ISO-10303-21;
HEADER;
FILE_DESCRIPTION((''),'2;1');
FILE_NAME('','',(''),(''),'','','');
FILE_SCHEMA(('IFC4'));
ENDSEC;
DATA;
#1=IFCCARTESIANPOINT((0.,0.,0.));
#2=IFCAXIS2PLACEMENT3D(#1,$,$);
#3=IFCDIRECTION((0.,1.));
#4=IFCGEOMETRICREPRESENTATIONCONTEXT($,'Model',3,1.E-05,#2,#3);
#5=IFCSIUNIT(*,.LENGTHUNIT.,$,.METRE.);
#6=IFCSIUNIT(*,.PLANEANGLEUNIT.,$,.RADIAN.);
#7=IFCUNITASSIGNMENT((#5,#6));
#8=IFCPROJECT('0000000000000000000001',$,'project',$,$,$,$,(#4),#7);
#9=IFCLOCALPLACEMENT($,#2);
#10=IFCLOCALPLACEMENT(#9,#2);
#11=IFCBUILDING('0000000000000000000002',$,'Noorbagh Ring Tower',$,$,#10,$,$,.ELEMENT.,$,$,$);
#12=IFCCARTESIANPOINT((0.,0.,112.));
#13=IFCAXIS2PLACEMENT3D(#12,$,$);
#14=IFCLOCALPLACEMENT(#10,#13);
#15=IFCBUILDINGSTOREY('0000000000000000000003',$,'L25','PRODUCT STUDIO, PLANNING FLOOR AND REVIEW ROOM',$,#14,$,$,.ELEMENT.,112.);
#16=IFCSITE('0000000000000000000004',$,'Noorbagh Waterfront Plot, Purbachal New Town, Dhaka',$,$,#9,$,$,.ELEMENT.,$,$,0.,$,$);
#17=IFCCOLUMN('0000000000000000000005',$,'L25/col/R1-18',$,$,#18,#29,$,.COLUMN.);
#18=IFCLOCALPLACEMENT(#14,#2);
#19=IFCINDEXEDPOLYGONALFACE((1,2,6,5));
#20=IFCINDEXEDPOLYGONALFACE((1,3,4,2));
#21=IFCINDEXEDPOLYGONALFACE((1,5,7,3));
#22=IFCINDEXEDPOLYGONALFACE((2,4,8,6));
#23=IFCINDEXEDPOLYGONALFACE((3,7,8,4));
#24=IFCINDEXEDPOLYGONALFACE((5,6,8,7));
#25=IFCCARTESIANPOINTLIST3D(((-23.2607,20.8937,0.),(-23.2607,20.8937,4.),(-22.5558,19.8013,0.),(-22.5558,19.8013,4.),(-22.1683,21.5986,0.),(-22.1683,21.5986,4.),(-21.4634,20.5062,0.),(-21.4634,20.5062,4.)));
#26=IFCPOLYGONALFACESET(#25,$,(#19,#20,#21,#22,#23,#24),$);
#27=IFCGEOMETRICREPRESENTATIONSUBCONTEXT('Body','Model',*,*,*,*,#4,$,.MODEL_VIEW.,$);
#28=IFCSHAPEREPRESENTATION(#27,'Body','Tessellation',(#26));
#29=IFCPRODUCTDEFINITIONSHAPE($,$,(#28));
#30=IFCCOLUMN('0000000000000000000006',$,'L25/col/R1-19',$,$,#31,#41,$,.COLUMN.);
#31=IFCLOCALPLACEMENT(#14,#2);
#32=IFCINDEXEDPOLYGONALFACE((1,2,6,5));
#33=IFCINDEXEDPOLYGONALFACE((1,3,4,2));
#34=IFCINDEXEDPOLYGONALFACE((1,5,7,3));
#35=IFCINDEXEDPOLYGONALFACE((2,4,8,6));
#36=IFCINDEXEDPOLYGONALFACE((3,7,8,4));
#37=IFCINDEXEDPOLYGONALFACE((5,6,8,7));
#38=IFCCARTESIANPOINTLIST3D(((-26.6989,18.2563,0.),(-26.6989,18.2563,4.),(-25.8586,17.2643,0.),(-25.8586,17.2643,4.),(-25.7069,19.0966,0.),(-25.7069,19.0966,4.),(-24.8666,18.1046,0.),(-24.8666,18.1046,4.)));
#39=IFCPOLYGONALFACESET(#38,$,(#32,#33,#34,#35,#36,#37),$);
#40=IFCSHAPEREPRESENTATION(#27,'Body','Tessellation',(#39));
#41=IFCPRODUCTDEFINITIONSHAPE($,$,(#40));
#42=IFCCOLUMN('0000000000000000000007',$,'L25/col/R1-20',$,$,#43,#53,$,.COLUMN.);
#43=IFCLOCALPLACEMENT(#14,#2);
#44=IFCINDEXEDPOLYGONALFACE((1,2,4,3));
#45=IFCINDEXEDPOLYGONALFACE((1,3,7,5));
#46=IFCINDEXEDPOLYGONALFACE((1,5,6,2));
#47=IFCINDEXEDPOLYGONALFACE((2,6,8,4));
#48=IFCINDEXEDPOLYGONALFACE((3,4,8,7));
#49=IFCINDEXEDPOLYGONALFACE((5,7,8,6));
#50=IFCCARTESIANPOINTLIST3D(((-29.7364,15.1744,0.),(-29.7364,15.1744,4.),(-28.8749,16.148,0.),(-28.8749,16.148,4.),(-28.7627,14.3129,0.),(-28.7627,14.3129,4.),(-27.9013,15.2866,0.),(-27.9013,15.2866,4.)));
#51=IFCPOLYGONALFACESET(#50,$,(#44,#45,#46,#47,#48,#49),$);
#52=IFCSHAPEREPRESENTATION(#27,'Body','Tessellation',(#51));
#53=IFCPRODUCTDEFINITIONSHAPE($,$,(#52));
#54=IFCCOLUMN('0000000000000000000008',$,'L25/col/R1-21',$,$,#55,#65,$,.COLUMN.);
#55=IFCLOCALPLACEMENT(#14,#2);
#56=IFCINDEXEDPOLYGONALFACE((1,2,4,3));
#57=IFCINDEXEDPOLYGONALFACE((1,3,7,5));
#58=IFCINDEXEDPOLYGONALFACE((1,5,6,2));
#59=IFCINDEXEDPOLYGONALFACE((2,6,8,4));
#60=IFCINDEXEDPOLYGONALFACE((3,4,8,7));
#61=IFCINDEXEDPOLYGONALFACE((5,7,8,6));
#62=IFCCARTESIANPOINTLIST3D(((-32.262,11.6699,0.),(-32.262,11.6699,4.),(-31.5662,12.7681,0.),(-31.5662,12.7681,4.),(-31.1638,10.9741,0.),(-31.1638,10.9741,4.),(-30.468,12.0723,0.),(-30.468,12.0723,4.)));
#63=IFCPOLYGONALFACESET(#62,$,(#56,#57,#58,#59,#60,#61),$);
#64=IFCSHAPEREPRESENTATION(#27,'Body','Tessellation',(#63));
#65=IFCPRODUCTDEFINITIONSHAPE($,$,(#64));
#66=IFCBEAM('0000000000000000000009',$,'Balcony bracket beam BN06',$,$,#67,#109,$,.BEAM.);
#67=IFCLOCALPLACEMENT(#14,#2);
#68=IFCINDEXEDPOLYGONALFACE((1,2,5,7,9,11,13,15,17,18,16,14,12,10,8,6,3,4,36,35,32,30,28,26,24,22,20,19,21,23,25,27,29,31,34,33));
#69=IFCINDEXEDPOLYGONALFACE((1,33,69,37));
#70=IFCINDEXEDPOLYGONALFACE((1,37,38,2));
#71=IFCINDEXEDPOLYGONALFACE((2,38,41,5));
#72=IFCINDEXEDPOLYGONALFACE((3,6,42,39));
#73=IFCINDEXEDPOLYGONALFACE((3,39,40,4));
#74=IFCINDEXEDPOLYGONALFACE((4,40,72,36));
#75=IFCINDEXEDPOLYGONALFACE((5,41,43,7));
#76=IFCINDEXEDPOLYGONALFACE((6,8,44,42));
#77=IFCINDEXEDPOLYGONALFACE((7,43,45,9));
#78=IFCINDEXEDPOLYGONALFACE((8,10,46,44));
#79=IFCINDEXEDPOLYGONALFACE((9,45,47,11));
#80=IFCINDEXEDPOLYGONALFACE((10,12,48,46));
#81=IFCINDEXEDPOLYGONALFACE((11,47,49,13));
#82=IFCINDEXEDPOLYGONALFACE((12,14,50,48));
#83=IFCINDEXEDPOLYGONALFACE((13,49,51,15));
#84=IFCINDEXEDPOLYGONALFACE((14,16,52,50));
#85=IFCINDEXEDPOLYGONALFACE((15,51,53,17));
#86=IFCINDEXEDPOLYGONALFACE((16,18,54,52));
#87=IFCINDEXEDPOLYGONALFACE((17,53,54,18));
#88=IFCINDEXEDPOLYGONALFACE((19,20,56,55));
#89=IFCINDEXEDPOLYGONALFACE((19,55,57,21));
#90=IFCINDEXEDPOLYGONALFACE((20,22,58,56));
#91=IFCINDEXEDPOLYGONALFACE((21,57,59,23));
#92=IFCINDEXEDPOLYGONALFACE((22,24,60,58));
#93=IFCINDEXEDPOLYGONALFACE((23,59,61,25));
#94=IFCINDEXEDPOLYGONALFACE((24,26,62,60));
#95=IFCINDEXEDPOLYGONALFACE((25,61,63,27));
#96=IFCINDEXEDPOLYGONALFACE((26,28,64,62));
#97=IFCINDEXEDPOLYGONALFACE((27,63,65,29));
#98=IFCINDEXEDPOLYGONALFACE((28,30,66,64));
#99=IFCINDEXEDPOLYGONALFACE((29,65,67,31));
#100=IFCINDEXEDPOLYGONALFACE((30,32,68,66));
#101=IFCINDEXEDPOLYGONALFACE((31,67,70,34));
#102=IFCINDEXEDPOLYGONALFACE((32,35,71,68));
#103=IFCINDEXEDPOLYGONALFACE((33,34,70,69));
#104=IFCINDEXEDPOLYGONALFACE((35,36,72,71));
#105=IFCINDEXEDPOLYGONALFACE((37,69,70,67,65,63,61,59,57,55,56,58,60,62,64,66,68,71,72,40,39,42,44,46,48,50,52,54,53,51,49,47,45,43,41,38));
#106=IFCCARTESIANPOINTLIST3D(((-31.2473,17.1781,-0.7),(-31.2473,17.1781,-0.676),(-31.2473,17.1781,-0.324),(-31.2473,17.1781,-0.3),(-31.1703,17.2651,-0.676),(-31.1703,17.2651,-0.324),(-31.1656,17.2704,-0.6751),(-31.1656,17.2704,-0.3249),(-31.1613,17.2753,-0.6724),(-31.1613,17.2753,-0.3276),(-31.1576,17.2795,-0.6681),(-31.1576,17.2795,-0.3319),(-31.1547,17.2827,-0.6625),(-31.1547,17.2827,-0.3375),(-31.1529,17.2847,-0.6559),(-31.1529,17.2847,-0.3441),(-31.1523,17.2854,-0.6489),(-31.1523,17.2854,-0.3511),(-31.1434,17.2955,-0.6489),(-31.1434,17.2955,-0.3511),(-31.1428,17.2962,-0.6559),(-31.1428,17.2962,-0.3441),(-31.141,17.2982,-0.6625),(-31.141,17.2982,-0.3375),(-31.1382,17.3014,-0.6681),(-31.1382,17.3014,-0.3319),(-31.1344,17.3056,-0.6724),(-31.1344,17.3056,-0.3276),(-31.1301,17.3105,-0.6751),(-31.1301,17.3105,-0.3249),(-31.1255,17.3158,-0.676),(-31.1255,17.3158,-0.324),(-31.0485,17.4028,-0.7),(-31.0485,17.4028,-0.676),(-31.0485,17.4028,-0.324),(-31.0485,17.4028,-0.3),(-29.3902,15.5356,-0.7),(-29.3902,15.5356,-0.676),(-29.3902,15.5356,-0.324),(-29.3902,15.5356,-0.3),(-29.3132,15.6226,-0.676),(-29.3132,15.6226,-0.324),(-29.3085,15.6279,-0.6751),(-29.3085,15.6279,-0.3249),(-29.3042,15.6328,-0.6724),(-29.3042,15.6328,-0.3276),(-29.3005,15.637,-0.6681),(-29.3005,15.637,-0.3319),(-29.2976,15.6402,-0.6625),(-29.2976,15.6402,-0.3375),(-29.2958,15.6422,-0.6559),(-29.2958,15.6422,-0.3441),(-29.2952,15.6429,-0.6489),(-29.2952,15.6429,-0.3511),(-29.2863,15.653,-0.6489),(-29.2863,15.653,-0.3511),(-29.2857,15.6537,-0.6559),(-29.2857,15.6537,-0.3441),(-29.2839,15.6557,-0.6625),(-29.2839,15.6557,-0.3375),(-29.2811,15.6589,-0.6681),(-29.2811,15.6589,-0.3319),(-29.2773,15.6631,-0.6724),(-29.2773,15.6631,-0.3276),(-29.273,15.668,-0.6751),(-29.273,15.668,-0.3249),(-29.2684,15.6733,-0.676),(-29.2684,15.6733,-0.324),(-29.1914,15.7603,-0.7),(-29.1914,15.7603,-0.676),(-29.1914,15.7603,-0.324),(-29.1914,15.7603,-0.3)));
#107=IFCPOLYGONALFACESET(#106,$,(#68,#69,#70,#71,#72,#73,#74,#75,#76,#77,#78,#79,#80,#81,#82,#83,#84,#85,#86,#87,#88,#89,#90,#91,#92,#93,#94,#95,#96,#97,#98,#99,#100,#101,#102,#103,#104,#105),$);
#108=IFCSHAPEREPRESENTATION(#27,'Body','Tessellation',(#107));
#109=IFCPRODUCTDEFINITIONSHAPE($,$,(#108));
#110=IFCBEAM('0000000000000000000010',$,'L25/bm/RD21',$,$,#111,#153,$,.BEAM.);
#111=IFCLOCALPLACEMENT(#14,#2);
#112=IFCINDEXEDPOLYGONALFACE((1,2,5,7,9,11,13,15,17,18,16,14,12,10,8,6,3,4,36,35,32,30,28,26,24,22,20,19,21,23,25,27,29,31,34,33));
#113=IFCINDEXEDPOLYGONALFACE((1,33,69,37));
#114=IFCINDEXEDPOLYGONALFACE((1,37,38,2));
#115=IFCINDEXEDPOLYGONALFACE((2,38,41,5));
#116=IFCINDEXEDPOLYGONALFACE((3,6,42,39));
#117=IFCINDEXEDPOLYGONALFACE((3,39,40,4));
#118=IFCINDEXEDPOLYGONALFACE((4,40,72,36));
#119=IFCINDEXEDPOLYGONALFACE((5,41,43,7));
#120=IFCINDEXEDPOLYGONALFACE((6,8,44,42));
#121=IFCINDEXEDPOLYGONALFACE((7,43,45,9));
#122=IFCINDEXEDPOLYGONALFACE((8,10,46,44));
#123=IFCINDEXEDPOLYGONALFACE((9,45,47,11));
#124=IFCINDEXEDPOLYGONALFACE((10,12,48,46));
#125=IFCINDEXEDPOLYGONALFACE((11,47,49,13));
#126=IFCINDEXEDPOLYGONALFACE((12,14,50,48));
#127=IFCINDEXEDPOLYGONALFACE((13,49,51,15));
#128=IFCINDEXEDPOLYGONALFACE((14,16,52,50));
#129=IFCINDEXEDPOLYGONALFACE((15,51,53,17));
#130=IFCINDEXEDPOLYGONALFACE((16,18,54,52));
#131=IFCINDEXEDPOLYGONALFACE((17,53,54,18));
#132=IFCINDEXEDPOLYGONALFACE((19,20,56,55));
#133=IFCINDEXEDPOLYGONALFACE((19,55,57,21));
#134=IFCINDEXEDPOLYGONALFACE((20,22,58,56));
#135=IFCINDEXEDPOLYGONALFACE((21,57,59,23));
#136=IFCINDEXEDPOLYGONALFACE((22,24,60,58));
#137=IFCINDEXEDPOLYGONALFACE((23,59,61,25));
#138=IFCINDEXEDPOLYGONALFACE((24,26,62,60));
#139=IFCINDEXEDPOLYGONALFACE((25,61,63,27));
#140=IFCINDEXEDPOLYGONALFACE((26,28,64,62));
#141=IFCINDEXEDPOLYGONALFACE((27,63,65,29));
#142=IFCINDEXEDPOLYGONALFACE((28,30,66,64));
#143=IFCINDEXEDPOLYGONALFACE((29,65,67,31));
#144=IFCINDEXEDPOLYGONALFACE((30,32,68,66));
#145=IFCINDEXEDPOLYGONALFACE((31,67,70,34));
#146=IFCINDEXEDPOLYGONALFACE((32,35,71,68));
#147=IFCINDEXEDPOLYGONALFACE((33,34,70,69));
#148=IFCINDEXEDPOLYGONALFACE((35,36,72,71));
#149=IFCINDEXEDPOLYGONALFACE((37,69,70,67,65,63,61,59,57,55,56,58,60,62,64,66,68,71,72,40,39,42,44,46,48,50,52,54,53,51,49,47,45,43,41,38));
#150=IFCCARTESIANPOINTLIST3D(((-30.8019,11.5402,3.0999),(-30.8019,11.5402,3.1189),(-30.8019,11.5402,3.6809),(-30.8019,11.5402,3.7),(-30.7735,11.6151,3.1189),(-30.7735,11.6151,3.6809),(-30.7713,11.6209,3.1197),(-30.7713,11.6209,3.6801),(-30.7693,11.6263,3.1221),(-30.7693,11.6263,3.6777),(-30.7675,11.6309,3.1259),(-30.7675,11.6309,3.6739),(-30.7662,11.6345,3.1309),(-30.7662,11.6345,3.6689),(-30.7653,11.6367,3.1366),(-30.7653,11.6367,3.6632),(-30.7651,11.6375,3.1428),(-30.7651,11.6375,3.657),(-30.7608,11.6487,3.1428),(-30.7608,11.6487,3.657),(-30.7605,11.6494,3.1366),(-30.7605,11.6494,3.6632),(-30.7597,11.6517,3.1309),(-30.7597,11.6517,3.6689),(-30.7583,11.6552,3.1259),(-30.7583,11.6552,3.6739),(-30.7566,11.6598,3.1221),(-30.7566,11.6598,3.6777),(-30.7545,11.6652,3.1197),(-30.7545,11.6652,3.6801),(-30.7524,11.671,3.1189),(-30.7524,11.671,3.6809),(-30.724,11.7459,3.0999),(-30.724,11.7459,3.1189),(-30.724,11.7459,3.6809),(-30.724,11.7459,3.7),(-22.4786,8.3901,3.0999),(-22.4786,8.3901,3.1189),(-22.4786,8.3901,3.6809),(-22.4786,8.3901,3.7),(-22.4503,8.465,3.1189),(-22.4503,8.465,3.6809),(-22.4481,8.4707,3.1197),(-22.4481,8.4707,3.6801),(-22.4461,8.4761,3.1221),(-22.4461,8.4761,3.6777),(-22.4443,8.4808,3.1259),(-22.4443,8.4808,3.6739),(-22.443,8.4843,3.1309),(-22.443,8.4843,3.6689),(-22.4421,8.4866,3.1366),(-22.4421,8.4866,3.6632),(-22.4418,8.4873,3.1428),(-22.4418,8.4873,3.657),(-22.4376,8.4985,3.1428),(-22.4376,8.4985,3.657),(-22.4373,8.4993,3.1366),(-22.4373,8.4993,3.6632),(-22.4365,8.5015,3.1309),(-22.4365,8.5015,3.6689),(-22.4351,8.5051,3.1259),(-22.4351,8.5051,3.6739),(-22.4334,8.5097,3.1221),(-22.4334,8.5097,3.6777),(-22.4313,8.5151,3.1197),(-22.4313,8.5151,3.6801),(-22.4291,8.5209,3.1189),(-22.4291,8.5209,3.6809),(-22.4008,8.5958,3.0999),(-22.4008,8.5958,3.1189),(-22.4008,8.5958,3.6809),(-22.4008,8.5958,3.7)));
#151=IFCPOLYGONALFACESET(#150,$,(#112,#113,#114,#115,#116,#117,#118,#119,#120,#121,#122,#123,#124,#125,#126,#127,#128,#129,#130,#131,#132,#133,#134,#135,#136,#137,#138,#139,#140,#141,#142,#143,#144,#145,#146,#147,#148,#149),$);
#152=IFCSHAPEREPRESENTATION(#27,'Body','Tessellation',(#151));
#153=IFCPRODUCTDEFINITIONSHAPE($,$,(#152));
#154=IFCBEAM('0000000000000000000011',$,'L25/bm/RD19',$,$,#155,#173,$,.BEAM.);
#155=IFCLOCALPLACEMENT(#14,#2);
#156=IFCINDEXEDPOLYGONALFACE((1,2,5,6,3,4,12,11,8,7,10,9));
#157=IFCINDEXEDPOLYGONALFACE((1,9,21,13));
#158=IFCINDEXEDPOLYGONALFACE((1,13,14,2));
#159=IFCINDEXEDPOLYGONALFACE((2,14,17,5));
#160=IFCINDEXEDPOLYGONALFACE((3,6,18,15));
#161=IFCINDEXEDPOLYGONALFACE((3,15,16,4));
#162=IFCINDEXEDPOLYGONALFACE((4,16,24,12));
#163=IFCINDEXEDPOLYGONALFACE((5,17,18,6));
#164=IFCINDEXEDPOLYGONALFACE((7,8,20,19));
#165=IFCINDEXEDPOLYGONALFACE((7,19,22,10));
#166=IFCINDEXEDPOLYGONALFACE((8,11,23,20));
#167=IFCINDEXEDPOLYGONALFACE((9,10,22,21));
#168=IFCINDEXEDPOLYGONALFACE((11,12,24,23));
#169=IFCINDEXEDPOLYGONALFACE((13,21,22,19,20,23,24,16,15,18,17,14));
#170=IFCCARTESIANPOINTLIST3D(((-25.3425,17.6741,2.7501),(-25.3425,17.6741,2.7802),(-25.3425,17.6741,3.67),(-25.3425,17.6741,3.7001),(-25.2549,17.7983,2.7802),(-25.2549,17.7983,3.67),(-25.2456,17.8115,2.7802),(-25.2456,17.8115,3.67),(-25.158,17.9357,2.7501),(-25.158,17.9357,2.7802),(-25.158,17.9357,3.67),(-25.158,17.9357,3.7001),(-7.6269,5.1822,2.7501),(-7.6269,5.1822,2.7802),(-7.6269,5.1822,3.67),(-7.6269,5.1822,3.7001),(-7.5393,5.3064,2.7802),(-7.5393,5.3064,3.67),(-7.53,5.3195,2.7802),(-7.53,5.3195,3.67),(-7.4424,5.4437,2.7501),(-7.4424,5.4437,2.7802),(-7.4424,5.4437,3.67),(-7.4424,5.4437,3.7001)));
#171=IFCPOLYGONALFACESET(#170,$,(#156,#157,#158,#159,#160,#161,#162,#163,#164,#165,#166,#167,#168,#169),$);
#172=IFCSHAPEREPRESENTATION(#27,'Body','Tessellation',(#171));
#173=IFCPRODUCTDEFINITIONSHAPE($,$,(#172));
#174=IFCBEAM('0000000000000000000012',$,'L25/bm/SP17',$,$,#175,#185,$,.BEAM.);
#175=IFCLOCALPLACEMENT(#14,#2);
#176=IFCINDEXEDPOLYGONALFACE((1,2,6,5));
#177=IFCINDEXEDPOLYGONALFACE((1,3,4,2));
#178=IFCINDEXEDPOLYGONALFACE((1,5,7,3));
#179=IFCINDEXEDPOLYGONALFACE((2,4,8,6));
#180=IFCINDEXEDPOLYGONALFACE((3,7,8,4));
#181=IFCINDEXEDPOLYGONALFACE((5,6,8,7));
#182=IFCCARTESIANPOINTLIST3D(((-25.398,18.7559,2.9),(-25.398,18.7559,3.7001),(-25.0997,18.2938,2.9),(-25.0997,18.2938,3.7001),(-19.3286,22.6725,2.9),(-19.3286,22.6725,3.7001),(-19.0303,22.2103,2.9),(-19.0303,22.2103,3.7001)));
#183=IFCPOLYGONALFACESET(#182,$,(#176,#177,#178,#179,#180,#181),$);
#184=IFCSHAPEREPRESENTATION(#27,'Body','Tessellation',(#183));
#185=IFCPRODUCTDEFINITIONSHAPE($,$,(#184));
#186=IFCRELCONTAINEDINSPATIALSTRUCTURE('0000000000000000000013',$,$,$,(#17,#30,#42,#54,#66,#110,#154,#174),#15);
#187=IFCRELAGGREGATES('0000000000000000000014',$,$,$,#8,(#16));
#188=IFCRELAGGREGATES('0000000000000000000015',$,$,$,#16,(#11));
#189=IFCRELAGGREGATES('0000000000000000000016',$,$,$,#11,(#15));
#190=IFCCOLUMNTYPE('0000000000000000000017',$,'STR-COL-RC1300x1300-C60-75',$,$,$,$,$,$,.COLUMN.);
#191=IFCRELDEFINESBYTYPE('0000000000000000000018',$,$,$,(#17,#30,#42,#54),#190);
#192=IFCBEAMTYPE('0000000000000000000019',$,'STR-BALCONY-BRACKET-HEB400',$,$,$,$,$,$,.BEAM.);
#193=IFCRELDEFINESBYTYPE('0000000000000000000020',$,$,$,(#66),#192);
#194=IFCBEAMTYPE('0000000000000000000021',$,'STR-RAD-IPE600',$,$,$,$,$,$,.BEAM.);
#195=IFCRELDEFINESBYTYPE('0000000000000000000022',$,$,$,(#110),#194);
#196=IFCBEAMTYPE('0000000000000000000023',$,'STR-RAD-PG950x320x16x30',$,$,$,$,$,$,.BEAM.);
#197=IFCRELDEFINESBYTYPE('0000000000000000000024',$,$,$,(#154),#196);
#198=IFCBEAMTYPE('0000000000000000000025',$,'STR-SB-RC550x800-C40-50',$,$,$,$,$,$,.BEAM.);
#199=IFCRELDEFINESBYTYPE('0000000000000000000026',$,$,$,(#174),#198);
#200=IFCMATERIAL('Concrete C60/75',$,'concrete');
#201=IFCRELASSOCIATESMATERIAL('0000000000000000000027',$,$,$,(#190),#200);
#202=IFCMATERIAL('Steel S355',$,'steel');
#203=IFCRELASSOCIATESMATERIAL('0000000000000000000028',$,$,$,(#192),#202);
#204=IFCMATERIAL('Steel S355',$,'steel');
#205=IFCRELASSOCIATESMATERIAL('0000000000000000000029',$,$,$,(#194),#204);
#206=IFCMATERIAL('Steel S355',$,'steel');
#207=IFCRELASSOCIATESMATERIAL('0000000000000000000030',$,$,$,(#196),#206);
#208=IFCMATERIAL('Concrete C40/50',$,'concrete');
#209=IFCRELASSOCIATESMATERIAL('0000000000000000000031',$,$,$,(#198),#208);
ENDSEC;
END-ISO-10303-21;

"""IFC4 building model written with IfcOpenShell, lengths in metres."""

from ifc_helpers import new_model, si_unit, direction, frame, origin, origin_2d, place, context, subcontext, project, spatial, rectangle, i_section, extrude, material, material_profile, profile_set, type_object, element, save


model = new_model("IFC4")

# Units and contexts
model_context = context("Model", 3, precision=1e-05, world=origin(), true_north=direction((0.0, 1.0)))
body_context = subcontext(model_context, "Body", "Model", "MODEL_VIEW")
ifc_project = project(units=[si_unit("LENGTHUNIT", "METRE"), si_unit("PLANEANGLEUNIT", "RADIAN")], contexts=[model_context])

# Site, building, storey
site_placement = place(None, origin())
site = spatial("IfcSite", under=ifc_project, at=site_placement, Name="Noorbagh Waterfront Plot, Purbachal New Town, Dhaka", CompositionType="ELEMENT", RefElevation=0.0)
building_placement = place(site_placement, origin())
building = spatial("IfcBuilding", under=site, at=building_placement, Name="Noorbagh Ring Tower", CompositionType="ELEMENT")
storey_placement = place(building_placement, frame((0.0, 0.0, 112.0)))
storey = spatial("IfcBuildingStorey", under=building, at=storey_placement, Name="L25", Description="PRODUCT STUDIO, PLANNING FLOOR AND REVIEW ROOM", CompositionType="ELEMENT", Elevation=112.0)

# Columns
ifc_material_1 = material(Name="Concrete C60/75", Category="concrete")
ifc_material_profile_1 = material_profile(ifc_material_1, rectangle(XDim=1.3, YDim=1.3, at=origin_2d()), Name="RC1300x1300")
ifc_profile_set_1 = profile_set([ifc_material_profile_1], Name="Concrete C60/75")
column_type = type_object("IfcColumnType", Name="STR-COL-RC1300x1300-C60-75", PredefinedType="COLUMN", material=ifc_profile_set_1)
for number, where, z_axis, x_axis, name in (
    (1, (-22.3621, 20.7, 0.0), (0.0, 0.0, 1.0), (-0.840248, -0.542203, 0.0), "L25/col/R1-18"),
    (2, (-25.7827, 18.1804, 0.0), (0.0, 0.0, 1.0), (-0.763035, -0.646357, 0.0), "L25/col/R1-19"),
    (3, (-28.8188, 15.2305, 0.0), (0.0, 0.0, 1.0), (-0.662636, -0.748942, 0.0), "L25/col/R1-20"),
    (4, (-31.365, 11.8711, 0.0), (0.0, 0.0, 1.0), (-0.53519, -0.844731, 0.0), "L25/col/R1-21"),
):
    element("IfcColumn", number, at=place(storey_placement, frame(where, z_axis=z_axis, x_axis=x_axis)), inside=storey, type_object=column_type, Name=name, PredefinedType="COLUMN", context=body_context, shape_type="SweptSolid", body=[
        extrude(rectangle(XDim=1.3, YDim=1.3, at=origin_2d()), origin(), (0.0, 0.0, 1.0), 4.0),
    ])

# Beams
ifc_material_2 = material(Name="Steel S355", Category="steel")
ifc_material_profile_2 = material_profile(ifc_material_2, i_section(OverallWidth=0.3, OverallDepth=0.3999, WebThickness=0.0134, FlangeThickness=0.0239, FilletRadius=0.0271, at=origin_2d()), Name="HEB400")
ifc_profile_set_2 = profile_set([ifc_material_profile_2], Name="Steel S355")
beam_type_1 = type_object("IfcBeamType", Name="STR-BALCONY-BRACKET-HEB400", PredefinedType="BEAM", material=ifc_profile_set_2)
beam_1_placement = place(storey_placement, frame((-29.2908, 15.6479, -0.5), z_axis=(-0.749059, 0.662504, 0.0), x_axis=(-0.662504, -0.749059, 0.0)))
element("IfcBeam", 5, at=beam_1_placement, inside=storey, type_object=beam_type_1, Name="Balcony bracket beam BN06", PredefinedType="BEAM", context=body_context, shape_type="SweptSolid", body=[
    extrude(i_section(OverallWidth=0.3, OverallDepth=0.3999, WebThickness=0.0134, FlangeThickness=0.0239, FilletRadius=0.0271, at=origin_2d()), origin(), (0.0, 0.0, 1.0), 2.4792),
])
ifc_material_3 = material(Name="Steel S355", Category="steel")
ifc_material_profile_3 = material_profile(ifc_material_3, i_section(OverallWidth=0.22, OverallDepth=0.6001, WebThickness=0.012, FlangeThickness=0.019, FilletRadius=0.0239, at=origin_2d()), Name="IPE600")
ifc_profile_set_3 = profile_set([ifc_material_profile_3], Name="Steel S355")
beam_type_2 = type_object("IfcBeamType", Name="STR-RAD-IPE600", PredefinedType="BEAM", material=ifc_profile_set_3)
beam_2_placement = place(storey_placement, frame((-30.7629, 11.6431, 3.3999), z_axis=(0.935256, -0.353972, 0.0), x_axis=(0.353972, 0.935256, 0.0)))
element("IfcBeam", 6, at=beam_2_placement, inside=storey, type_object=beam_type_2, Name="L25/bm/RD21", PredefinedType="BEAM", context=body_context, shape_type="SweptSolid", body=[
    extrude(i_section(OverallWidth=0.22, OverallDepth=0.6001, WebThickness=0.012, FlangeThickness=0.019, FilletRadius=0.0239, at=origin_2d()), origin(), (0.0, 0.0, 1.0), 8.8994),
])
ifc_material_4 = material(Name="Steel S355", Category="steel")
ifc_material_profile_4 = material_profile(ifc_material_4, i_section(OverallWidth=0.3201, OverallDepth=0.95, WebThickness=0.0161, FlangeThickness=0.03, at=origin_2d()), Name="PG950x320x16x30")
ifc_profile_set_4 = profile_set([ifc_material_profile_4], Name="Steel S355")
beam_type_3 = type_object("IfcBeamType", Name="STR-RAD-PG950x320x16x30", PredefinedType="BEAM", material=ifc_profile_set_4)
beam_3_placement = place(storey_placement, frame((-25.2502, 17.8049, 3.2251), z_axis=(0.817254, -0.576278, 0.0), x_axis=(0.576278, 0.817254, 0.0)))
element("IfcBeam", 7, at=beam_3_placement, inside=storey, type_object=beam_type_3, Name="L25/bm/RD19", PredefinedType="BEAM", context=body_context, shape_type="SweptSolid", body=[
    extrude(i_section(OverallWidth=0.3201, OverallDepth=0.95, WebThickness=0.0161, FlangeThickness=0.03, at=origin_2d()), origin(), (0.0, 0.0, 1.0), 21.677),
])
ifc_material_5 = material(Name="Concrete C40/50", Category="concrete")
ifc_material_profile_5 = material_profile(ifc_material_5, rectangle(XDim=0.55, YDim=0.8, at=origin_2d()), Name="RC550x800")
ifc_profile_set_5 = profile_set([ifc_material_profile_5], Name="Concrete C40/50")
beam_type_4 = type_object("IfcBeamType", Name="STR-SB-RC550x800-C40-50", PredefinedType="BEAM", material=ifc_profile_set_5)
beam_4_placement = place(storey_placement, frame((-19.1794, 22.4414, 3.3), z_axis=(-0.840246, -0.542205, 0.0), x_axis=(0.542205, -0.840246, 0.0)))
element("IfcBeam", 8, at=beam_4_placement, inside=storey, type_object=beam_type_4, Name="L25/bm/SP17", PredefinedType="BEAM", context=body_context, shape_type="SweptSolid", body=[
    extrude(rectangle(XDim=0.55, YDim=0.8, at=origin_2d()), origin(), (0.0, 0.0, 1.0), 7.2234),
])

save(model, "model.ifc")
